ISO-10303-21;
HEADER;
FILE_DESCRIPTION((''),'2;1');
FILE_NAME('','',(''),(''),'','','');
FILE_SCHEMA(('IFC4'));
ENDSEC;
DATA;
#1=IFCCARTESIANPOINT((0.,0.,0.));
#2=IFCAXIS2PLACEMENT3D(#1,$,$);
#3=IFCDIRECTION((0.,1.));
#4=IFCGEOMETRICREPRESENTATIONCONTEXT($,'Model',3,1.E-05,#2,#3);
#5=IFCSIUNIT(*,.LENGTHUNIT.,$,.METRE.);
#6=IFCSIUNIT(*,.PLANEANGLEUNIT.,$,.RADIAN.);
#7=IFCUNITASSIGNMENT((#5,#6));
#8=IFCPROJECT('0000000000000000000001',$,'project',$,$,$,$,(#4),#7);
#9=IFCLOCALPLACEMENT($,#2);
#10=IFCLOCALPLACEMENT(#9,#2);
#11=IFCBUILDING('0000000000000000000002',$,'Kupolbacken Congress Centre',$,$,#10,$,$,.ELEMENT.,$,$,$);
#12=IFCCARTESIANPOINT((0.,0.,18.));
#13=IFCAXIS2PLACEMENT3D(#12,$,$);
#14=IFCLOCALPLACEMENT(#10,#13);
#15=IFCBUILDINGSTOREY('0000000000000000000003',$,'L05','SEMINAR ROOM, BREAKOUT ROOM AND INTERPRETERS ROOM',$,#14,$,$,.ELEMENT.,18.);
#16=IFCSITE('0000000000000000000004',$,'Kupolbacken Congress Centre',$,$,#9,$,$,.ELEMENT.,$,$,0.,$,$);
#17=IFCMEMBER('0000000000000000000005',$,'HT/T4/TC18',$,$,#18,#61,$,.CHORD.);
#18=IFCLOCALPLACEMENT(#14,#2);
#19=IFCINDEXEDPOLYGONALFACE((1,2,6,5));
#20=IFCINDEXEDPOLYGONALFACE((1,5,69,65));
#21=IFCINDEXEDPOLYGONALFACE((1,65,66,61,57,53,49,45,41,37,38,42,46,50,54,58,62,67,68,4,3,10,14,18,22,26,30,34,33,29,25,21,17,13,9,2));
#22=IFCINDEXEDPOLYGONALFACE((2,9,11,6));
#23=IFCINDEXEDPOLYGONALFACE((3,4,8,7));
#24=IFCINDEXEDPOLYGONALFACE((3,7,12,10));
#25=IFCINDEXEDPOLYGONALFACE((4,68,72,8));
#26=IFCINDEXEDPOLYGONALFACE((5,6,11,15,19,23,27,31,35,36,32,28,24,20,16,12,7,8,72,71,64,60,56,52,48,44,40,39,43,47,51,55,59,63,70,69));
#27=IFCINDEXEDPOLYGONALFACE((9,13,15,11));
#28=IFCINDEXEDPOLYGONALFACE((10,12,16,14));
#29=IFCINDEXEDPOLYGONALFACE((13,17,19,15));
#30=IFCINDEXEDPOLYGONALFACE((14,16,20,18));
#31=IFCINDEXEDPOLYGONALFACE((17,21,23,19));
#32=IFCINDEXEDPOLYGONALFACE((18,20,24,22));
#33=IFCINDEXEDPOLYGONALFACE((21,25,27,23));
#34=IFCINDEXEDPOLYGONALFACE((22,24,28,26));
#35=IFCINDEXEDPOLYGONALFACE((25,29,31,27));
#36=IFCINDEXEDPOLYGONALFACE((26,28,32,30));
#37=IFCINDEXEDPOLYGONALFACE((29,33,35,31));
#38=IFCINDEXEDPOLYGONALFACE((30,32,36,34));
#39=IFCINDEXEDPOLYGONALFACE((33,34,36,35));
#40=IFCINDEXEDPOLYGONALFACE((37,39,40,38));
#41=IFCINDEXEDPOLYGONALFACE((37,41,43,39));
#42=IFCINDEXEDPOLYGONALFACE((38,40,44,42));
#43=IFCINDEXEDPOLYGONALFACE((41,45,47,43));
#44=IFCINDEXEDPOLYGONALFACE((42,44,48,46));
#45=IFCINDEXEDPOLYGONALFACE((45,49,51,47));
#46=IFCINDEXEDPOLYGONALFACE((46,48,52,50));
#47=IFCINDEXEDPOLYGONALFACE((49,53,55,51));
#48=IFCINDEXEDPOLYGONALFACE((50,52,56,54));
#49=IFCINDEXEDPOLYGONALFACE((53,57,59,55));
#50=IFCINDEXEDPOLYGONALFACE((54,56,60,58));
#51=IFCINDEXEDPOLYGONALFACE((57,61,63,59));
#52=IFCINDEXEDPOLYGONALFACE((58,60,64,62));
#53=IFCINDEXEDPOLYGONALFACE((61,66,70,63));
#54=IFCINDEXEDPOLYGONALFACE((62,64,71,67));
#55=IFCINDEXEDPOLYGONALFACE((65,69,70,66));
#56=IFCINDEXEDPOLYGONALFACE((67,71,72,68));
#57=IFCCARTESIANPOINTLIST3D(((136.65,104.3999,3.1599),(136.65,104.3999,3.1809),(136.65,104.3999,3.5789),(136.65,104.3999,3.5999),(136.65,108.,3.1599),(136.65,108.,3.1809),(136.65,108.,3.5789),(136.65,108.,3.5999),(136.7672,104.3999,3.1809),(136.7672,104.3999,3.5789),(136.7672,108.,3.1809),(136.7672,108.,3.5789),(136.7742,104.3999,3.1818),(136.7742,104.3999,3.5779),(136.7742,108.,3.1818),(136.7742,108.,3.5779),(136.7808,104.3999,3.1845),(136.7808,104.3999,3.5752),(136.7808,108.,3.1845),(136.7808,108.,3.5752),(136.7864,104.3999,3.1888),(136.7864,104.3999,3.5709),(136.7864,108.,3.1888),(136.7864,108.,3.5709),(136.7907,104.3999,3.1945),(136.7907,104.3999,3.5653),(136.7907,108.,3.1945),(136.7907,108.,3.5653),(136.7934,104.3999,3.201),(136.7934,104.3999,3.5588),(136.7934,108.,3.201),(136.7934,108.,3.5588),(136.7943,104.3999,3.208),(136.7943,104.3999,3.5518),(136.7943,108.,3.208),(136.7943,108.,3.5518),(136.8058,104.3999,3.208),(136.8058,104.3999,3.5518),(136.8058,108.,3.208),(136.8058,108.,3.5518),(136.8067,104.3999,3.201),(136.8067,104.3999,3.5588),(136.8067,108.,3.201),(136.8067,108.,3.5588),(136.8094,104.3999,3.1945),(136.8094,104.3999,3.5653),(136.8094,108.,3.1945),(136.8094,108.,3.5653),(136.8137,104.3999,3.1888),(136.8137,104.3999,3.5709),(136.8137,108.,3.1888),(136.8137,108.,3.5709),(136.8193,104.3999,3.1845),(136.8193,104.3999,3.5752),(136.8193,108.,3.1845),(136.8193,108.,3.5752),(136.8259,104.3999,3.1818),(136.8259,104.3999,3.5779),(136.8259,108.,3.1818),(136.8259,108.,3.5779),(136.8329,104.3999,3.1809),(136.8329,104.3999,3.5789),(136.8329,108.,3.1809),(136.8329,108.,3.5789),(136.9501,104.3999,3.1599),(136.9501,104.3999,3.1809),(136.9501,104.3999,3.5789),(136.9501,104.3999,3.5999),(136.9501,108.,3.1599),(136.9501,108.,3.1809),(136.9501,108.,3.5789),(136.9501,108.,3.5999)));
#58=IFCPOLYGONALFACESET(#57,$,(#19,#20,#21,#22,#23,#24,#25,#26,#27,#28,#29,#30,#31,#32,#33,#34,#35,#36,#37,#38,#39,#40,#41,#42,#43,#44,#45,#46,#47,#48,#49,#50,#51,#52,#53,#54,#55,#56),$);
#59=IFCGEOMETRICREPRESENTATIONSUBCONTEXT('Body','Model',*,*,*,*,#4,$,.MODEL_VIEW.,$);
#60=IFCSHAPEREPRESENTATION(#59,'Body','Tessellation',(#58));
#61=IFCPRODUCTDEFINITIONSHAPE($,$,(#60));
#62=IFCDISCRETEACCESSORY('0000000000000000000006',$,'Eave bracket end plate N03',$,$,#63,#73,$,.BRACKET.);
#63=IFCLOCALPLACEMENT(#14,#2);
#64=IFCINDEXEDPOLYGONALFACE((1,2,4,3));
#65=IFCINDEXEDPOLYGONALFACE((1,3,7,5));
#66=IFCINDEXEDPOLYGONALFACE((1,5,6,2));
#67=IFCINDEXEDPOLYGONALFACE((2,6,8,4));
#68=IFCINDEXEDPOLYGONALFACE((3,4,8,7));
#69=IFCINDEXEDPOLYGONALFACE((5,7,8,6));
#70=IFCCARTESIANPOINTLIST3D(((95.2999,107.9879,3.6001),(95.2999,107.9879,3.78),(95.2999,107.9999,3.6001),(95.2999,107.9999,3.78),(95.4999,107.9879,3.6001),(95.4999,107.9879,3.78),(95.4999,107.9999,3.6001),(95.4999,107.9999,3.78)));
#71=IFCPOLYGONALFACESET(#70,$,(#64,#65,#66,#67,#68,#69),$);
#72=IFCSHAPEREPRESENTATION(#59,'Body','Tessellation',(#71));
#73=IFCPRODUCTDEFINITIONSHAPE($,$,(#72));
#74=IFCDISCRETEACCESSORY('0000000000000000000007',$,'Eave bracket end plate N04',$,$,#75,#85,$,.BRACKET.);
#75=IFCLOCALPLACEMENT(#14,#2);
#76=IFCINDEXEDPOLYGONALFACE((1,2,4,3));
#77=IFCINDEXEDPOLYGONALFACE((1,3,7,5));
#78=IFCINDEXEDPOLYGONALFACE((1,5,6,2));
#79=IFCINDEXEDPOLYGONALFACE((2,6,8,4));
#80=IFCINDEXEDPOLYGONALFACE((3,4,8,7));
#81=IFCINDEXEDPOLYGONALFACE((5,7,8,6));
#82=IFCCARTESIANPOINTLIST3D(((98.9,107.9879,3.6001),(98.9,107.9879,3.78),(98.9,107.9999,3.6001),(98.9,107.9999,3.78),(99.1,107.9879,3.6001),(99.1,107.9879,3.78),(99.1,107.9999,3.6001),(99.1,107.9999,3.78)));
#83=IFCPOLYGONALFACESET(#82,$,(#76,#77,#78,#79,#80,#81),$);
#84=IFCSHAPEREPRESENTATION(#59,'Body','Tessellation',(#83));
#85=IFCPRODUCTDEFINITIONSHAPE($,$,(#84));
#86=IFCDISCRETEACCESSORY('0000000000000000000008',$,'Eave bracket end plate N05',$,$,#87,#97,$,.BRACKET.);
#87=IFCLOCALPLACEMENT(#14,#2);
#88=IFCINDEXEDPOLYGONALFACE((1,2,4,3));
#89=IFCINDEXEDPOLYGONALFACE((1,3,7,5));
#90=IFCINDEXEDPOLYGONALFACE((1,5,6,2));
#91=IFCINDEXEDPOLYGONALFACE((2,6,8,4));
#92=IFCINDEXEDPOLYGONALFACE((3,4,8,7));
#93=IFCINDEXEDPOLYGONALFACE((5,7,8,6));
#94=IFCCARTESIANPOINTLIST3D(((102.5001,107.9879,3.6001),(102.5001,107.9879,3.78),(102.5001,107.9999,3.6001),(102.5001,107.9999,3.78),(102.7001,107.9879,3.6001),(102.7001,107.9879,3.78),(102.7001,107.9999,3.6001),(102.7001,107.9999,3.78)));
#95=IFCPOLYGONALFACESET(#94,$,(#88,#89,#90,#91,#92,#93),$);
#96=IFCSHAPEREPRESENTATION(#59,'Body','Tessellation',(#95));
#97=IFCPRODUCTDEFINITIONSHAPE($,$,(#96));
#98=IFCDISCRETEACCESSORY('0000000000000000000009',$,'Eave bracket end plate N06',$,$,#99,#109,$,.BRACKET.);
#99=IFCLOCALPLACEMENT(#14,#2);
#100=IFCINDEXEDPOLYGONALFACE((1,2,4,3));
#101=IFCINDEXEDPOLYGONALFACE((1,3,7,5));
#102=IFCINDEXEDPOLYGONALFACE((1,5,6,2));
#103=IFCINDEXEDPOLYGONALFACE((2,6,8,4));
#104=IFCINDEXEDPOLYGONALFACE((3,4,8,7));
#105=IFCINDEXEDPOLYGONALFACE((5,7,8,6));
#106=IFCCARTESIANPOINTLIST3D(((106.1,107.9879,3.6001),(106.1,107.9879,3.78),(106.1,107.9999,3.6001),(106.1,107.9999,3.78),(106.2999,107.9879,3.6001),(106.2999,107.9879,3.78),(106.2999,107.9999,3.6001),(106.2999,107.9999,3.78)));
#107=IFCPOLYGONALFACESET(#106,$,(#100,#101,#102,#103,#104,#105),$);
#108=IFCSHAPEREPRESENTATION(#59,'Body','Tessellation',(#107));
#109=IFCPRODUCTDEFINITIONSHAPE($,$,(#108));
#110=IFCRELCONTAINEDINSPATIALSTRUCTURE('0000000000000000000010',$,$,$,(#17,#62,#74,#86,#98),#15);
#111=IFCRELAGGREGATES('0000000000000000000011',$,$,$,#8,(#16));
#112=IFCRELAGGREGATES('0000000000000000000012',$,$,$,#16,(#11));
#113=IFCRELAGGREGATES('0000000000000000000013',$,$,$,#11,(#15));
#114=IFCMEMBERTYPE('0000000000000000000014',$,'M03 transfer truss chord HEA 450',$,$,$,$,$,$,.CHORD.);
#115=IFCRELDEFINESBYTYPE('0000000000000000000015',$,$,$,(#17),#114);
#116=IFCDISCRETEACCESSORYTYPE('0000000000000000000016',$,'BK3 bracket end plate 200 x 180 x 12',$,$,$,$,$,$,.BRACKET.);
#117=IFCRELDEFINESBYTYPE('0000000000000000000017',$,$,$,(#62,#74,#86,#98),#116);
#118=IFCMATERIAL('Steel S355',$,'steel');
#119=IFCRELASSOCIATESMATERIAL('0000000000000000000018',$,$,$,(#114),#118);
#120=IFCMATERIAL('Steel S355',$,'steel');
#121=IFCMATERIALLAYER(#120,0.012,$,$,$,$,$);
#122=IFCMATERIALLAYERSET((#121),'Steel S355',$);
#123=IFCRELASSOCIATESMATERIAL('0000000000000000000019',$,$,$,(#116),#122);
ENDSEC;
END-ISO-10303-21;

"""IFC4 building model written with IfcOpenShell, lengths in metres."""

from ifc_helpers import new_model, si_unit, direction, frame, origin, origin_2d, place, context, subcontext, project, spatial, rectangle, i_section, extrude, material, layer, layer_set, material_profile, profile_set, type_object, element, save


model = new_model("IFC4")

# Units and contexts
model_context = context("Model", 3, precision=1e-05, world=origin(), true_north=direction((0.0, 1.0)))
body_context = subcontext(model_context, "Body", "Model", "MODEL_VIEW")
ifc_project = project(units=[si_unit("LENGTHUNIT", "METRE"), si_unit("PLANEANGLEUNIT", "RADIAN")], contexts=[model_context])

# Site, building, storey
site_placement = place(None, origin())
site = spatial("IfcSite", under=ifc_project, at=site_placement, Name="Kupolbacken Congress Centre", CompositionType="ELEMENT", RefElevation=0.0)
building_placement = place(site_placement, origin())
building = spatial("IfcBuilding", under=site, at=building_placement, Name="Kupolbacken Congress Centre", CompositionType="ELEMENT")
storey_placement = place(building_placement, frame((0.0, 0.0, 18.0)))
storey = spatial("IfcBuildingStorey", under=building, at=storey_placement, Name="L05", Description="SEMINAR ROOM, BREAKOUT ROOM AND INTERPRETERS ROOM", CompositionType="ELEMENT", Elevation=18.0)

# Member
ifc_material_1 = material(Name="Steel S355", Category="steel")
ifc_material_profile_1 = material_profile(ifc_material_1, i_section(OverallWidth=0.3, OverallDepth=0.4399, WebThickness=0.0115, FlangeThickness=0.021, FilletRadius=0.0271, at=origin_2d()), Name="HEA 450")
ifc_profile_set_1 = profile_set([ifc_material_profile_1], Name="Steel S355")
member_type_1 = type_object("IfcMemberType", Name="M03 transfer truss chord HEA 450", PredefinedType="CHORD", material=ifc_profile_set_1)
member_1_placement = place(storey_placement, frame((136.8, 104.3999, 3.3799), z_axis=(0.0, 1.0, 0.0), x_axis=(-1.0, 0.0, 0.0)))
element("IfcMember", 1, at=member_1_placement, inside=storey, type_object=member_type_1, Name="HT/T4/TC18", PredefinedType="CHORD", context=body_context, shape_type="SweptSolid", body=[
    extrude(i_section(OverallWidth=0.3, OverallDepth=0.4399, WebThickness=0.0115, FlangeThickness=0.021, FilletRadius=0.0271, at=origin_2d()), origin(), (0.0, 0.0, 1.0), 3.6001),
])

# Discrete accessories
ifc_material_2 = material(Name="Steel S355", Category="steel")
ifc_layer = layer(ifc_material_2, 0.012)
ifc_layer_set = layer_set([ifc_layer], Name="Steel S355")
discrete_accessory_type = type_object("IfcDiscreteAccessoryType", Name="BK3 bracket end plate 200 x 180 x 12", PredefinedType="BRACKET", material=ifc_layer_set)
for number, where, z_axis, x_axis, name in (
    (2, (95.3999, 107.9939, 3.6001), (0.0, 0.0, 1.0), (1.0, 0.0, 0.0), "Eave bracket end plate N03"),
    (3, (99.0, 107.9939, 3.6001), (0.0, 0.0, 1.0), (1.0, 0.0, 0.0), "Eave bracket end plate N04"),
    (4, (102.6001, 107.9939, 3.6001), (0.0, 0.0, 1.0), (1.0, 0.0, 0.0), "Eave bracket end plate N05"),
    (5, (106.2, 107.9939, 3.6001), (0.0, 0.0, 1.0), (1.0, 0.0, 0.0), "Eave bracket end plate N06"),
):
    element("IfcDiscreteAccessory", number, at=place(storey_placement, frame(where, z_axis=z_axis, x_axis=x_axis)), inside=storey, type_object=discrete_accessory_type, Name=name, PredefinedType="BRACKET", context=body_context, shape_type="SweptSolid", body=[
        extrude(rectangle(XDim=0.2, YDim=0.012, at=origin_2d()), origin(), (0.0, 0.0, 1.0), 0.1799),
    ])

save(model, "model.ifc")
